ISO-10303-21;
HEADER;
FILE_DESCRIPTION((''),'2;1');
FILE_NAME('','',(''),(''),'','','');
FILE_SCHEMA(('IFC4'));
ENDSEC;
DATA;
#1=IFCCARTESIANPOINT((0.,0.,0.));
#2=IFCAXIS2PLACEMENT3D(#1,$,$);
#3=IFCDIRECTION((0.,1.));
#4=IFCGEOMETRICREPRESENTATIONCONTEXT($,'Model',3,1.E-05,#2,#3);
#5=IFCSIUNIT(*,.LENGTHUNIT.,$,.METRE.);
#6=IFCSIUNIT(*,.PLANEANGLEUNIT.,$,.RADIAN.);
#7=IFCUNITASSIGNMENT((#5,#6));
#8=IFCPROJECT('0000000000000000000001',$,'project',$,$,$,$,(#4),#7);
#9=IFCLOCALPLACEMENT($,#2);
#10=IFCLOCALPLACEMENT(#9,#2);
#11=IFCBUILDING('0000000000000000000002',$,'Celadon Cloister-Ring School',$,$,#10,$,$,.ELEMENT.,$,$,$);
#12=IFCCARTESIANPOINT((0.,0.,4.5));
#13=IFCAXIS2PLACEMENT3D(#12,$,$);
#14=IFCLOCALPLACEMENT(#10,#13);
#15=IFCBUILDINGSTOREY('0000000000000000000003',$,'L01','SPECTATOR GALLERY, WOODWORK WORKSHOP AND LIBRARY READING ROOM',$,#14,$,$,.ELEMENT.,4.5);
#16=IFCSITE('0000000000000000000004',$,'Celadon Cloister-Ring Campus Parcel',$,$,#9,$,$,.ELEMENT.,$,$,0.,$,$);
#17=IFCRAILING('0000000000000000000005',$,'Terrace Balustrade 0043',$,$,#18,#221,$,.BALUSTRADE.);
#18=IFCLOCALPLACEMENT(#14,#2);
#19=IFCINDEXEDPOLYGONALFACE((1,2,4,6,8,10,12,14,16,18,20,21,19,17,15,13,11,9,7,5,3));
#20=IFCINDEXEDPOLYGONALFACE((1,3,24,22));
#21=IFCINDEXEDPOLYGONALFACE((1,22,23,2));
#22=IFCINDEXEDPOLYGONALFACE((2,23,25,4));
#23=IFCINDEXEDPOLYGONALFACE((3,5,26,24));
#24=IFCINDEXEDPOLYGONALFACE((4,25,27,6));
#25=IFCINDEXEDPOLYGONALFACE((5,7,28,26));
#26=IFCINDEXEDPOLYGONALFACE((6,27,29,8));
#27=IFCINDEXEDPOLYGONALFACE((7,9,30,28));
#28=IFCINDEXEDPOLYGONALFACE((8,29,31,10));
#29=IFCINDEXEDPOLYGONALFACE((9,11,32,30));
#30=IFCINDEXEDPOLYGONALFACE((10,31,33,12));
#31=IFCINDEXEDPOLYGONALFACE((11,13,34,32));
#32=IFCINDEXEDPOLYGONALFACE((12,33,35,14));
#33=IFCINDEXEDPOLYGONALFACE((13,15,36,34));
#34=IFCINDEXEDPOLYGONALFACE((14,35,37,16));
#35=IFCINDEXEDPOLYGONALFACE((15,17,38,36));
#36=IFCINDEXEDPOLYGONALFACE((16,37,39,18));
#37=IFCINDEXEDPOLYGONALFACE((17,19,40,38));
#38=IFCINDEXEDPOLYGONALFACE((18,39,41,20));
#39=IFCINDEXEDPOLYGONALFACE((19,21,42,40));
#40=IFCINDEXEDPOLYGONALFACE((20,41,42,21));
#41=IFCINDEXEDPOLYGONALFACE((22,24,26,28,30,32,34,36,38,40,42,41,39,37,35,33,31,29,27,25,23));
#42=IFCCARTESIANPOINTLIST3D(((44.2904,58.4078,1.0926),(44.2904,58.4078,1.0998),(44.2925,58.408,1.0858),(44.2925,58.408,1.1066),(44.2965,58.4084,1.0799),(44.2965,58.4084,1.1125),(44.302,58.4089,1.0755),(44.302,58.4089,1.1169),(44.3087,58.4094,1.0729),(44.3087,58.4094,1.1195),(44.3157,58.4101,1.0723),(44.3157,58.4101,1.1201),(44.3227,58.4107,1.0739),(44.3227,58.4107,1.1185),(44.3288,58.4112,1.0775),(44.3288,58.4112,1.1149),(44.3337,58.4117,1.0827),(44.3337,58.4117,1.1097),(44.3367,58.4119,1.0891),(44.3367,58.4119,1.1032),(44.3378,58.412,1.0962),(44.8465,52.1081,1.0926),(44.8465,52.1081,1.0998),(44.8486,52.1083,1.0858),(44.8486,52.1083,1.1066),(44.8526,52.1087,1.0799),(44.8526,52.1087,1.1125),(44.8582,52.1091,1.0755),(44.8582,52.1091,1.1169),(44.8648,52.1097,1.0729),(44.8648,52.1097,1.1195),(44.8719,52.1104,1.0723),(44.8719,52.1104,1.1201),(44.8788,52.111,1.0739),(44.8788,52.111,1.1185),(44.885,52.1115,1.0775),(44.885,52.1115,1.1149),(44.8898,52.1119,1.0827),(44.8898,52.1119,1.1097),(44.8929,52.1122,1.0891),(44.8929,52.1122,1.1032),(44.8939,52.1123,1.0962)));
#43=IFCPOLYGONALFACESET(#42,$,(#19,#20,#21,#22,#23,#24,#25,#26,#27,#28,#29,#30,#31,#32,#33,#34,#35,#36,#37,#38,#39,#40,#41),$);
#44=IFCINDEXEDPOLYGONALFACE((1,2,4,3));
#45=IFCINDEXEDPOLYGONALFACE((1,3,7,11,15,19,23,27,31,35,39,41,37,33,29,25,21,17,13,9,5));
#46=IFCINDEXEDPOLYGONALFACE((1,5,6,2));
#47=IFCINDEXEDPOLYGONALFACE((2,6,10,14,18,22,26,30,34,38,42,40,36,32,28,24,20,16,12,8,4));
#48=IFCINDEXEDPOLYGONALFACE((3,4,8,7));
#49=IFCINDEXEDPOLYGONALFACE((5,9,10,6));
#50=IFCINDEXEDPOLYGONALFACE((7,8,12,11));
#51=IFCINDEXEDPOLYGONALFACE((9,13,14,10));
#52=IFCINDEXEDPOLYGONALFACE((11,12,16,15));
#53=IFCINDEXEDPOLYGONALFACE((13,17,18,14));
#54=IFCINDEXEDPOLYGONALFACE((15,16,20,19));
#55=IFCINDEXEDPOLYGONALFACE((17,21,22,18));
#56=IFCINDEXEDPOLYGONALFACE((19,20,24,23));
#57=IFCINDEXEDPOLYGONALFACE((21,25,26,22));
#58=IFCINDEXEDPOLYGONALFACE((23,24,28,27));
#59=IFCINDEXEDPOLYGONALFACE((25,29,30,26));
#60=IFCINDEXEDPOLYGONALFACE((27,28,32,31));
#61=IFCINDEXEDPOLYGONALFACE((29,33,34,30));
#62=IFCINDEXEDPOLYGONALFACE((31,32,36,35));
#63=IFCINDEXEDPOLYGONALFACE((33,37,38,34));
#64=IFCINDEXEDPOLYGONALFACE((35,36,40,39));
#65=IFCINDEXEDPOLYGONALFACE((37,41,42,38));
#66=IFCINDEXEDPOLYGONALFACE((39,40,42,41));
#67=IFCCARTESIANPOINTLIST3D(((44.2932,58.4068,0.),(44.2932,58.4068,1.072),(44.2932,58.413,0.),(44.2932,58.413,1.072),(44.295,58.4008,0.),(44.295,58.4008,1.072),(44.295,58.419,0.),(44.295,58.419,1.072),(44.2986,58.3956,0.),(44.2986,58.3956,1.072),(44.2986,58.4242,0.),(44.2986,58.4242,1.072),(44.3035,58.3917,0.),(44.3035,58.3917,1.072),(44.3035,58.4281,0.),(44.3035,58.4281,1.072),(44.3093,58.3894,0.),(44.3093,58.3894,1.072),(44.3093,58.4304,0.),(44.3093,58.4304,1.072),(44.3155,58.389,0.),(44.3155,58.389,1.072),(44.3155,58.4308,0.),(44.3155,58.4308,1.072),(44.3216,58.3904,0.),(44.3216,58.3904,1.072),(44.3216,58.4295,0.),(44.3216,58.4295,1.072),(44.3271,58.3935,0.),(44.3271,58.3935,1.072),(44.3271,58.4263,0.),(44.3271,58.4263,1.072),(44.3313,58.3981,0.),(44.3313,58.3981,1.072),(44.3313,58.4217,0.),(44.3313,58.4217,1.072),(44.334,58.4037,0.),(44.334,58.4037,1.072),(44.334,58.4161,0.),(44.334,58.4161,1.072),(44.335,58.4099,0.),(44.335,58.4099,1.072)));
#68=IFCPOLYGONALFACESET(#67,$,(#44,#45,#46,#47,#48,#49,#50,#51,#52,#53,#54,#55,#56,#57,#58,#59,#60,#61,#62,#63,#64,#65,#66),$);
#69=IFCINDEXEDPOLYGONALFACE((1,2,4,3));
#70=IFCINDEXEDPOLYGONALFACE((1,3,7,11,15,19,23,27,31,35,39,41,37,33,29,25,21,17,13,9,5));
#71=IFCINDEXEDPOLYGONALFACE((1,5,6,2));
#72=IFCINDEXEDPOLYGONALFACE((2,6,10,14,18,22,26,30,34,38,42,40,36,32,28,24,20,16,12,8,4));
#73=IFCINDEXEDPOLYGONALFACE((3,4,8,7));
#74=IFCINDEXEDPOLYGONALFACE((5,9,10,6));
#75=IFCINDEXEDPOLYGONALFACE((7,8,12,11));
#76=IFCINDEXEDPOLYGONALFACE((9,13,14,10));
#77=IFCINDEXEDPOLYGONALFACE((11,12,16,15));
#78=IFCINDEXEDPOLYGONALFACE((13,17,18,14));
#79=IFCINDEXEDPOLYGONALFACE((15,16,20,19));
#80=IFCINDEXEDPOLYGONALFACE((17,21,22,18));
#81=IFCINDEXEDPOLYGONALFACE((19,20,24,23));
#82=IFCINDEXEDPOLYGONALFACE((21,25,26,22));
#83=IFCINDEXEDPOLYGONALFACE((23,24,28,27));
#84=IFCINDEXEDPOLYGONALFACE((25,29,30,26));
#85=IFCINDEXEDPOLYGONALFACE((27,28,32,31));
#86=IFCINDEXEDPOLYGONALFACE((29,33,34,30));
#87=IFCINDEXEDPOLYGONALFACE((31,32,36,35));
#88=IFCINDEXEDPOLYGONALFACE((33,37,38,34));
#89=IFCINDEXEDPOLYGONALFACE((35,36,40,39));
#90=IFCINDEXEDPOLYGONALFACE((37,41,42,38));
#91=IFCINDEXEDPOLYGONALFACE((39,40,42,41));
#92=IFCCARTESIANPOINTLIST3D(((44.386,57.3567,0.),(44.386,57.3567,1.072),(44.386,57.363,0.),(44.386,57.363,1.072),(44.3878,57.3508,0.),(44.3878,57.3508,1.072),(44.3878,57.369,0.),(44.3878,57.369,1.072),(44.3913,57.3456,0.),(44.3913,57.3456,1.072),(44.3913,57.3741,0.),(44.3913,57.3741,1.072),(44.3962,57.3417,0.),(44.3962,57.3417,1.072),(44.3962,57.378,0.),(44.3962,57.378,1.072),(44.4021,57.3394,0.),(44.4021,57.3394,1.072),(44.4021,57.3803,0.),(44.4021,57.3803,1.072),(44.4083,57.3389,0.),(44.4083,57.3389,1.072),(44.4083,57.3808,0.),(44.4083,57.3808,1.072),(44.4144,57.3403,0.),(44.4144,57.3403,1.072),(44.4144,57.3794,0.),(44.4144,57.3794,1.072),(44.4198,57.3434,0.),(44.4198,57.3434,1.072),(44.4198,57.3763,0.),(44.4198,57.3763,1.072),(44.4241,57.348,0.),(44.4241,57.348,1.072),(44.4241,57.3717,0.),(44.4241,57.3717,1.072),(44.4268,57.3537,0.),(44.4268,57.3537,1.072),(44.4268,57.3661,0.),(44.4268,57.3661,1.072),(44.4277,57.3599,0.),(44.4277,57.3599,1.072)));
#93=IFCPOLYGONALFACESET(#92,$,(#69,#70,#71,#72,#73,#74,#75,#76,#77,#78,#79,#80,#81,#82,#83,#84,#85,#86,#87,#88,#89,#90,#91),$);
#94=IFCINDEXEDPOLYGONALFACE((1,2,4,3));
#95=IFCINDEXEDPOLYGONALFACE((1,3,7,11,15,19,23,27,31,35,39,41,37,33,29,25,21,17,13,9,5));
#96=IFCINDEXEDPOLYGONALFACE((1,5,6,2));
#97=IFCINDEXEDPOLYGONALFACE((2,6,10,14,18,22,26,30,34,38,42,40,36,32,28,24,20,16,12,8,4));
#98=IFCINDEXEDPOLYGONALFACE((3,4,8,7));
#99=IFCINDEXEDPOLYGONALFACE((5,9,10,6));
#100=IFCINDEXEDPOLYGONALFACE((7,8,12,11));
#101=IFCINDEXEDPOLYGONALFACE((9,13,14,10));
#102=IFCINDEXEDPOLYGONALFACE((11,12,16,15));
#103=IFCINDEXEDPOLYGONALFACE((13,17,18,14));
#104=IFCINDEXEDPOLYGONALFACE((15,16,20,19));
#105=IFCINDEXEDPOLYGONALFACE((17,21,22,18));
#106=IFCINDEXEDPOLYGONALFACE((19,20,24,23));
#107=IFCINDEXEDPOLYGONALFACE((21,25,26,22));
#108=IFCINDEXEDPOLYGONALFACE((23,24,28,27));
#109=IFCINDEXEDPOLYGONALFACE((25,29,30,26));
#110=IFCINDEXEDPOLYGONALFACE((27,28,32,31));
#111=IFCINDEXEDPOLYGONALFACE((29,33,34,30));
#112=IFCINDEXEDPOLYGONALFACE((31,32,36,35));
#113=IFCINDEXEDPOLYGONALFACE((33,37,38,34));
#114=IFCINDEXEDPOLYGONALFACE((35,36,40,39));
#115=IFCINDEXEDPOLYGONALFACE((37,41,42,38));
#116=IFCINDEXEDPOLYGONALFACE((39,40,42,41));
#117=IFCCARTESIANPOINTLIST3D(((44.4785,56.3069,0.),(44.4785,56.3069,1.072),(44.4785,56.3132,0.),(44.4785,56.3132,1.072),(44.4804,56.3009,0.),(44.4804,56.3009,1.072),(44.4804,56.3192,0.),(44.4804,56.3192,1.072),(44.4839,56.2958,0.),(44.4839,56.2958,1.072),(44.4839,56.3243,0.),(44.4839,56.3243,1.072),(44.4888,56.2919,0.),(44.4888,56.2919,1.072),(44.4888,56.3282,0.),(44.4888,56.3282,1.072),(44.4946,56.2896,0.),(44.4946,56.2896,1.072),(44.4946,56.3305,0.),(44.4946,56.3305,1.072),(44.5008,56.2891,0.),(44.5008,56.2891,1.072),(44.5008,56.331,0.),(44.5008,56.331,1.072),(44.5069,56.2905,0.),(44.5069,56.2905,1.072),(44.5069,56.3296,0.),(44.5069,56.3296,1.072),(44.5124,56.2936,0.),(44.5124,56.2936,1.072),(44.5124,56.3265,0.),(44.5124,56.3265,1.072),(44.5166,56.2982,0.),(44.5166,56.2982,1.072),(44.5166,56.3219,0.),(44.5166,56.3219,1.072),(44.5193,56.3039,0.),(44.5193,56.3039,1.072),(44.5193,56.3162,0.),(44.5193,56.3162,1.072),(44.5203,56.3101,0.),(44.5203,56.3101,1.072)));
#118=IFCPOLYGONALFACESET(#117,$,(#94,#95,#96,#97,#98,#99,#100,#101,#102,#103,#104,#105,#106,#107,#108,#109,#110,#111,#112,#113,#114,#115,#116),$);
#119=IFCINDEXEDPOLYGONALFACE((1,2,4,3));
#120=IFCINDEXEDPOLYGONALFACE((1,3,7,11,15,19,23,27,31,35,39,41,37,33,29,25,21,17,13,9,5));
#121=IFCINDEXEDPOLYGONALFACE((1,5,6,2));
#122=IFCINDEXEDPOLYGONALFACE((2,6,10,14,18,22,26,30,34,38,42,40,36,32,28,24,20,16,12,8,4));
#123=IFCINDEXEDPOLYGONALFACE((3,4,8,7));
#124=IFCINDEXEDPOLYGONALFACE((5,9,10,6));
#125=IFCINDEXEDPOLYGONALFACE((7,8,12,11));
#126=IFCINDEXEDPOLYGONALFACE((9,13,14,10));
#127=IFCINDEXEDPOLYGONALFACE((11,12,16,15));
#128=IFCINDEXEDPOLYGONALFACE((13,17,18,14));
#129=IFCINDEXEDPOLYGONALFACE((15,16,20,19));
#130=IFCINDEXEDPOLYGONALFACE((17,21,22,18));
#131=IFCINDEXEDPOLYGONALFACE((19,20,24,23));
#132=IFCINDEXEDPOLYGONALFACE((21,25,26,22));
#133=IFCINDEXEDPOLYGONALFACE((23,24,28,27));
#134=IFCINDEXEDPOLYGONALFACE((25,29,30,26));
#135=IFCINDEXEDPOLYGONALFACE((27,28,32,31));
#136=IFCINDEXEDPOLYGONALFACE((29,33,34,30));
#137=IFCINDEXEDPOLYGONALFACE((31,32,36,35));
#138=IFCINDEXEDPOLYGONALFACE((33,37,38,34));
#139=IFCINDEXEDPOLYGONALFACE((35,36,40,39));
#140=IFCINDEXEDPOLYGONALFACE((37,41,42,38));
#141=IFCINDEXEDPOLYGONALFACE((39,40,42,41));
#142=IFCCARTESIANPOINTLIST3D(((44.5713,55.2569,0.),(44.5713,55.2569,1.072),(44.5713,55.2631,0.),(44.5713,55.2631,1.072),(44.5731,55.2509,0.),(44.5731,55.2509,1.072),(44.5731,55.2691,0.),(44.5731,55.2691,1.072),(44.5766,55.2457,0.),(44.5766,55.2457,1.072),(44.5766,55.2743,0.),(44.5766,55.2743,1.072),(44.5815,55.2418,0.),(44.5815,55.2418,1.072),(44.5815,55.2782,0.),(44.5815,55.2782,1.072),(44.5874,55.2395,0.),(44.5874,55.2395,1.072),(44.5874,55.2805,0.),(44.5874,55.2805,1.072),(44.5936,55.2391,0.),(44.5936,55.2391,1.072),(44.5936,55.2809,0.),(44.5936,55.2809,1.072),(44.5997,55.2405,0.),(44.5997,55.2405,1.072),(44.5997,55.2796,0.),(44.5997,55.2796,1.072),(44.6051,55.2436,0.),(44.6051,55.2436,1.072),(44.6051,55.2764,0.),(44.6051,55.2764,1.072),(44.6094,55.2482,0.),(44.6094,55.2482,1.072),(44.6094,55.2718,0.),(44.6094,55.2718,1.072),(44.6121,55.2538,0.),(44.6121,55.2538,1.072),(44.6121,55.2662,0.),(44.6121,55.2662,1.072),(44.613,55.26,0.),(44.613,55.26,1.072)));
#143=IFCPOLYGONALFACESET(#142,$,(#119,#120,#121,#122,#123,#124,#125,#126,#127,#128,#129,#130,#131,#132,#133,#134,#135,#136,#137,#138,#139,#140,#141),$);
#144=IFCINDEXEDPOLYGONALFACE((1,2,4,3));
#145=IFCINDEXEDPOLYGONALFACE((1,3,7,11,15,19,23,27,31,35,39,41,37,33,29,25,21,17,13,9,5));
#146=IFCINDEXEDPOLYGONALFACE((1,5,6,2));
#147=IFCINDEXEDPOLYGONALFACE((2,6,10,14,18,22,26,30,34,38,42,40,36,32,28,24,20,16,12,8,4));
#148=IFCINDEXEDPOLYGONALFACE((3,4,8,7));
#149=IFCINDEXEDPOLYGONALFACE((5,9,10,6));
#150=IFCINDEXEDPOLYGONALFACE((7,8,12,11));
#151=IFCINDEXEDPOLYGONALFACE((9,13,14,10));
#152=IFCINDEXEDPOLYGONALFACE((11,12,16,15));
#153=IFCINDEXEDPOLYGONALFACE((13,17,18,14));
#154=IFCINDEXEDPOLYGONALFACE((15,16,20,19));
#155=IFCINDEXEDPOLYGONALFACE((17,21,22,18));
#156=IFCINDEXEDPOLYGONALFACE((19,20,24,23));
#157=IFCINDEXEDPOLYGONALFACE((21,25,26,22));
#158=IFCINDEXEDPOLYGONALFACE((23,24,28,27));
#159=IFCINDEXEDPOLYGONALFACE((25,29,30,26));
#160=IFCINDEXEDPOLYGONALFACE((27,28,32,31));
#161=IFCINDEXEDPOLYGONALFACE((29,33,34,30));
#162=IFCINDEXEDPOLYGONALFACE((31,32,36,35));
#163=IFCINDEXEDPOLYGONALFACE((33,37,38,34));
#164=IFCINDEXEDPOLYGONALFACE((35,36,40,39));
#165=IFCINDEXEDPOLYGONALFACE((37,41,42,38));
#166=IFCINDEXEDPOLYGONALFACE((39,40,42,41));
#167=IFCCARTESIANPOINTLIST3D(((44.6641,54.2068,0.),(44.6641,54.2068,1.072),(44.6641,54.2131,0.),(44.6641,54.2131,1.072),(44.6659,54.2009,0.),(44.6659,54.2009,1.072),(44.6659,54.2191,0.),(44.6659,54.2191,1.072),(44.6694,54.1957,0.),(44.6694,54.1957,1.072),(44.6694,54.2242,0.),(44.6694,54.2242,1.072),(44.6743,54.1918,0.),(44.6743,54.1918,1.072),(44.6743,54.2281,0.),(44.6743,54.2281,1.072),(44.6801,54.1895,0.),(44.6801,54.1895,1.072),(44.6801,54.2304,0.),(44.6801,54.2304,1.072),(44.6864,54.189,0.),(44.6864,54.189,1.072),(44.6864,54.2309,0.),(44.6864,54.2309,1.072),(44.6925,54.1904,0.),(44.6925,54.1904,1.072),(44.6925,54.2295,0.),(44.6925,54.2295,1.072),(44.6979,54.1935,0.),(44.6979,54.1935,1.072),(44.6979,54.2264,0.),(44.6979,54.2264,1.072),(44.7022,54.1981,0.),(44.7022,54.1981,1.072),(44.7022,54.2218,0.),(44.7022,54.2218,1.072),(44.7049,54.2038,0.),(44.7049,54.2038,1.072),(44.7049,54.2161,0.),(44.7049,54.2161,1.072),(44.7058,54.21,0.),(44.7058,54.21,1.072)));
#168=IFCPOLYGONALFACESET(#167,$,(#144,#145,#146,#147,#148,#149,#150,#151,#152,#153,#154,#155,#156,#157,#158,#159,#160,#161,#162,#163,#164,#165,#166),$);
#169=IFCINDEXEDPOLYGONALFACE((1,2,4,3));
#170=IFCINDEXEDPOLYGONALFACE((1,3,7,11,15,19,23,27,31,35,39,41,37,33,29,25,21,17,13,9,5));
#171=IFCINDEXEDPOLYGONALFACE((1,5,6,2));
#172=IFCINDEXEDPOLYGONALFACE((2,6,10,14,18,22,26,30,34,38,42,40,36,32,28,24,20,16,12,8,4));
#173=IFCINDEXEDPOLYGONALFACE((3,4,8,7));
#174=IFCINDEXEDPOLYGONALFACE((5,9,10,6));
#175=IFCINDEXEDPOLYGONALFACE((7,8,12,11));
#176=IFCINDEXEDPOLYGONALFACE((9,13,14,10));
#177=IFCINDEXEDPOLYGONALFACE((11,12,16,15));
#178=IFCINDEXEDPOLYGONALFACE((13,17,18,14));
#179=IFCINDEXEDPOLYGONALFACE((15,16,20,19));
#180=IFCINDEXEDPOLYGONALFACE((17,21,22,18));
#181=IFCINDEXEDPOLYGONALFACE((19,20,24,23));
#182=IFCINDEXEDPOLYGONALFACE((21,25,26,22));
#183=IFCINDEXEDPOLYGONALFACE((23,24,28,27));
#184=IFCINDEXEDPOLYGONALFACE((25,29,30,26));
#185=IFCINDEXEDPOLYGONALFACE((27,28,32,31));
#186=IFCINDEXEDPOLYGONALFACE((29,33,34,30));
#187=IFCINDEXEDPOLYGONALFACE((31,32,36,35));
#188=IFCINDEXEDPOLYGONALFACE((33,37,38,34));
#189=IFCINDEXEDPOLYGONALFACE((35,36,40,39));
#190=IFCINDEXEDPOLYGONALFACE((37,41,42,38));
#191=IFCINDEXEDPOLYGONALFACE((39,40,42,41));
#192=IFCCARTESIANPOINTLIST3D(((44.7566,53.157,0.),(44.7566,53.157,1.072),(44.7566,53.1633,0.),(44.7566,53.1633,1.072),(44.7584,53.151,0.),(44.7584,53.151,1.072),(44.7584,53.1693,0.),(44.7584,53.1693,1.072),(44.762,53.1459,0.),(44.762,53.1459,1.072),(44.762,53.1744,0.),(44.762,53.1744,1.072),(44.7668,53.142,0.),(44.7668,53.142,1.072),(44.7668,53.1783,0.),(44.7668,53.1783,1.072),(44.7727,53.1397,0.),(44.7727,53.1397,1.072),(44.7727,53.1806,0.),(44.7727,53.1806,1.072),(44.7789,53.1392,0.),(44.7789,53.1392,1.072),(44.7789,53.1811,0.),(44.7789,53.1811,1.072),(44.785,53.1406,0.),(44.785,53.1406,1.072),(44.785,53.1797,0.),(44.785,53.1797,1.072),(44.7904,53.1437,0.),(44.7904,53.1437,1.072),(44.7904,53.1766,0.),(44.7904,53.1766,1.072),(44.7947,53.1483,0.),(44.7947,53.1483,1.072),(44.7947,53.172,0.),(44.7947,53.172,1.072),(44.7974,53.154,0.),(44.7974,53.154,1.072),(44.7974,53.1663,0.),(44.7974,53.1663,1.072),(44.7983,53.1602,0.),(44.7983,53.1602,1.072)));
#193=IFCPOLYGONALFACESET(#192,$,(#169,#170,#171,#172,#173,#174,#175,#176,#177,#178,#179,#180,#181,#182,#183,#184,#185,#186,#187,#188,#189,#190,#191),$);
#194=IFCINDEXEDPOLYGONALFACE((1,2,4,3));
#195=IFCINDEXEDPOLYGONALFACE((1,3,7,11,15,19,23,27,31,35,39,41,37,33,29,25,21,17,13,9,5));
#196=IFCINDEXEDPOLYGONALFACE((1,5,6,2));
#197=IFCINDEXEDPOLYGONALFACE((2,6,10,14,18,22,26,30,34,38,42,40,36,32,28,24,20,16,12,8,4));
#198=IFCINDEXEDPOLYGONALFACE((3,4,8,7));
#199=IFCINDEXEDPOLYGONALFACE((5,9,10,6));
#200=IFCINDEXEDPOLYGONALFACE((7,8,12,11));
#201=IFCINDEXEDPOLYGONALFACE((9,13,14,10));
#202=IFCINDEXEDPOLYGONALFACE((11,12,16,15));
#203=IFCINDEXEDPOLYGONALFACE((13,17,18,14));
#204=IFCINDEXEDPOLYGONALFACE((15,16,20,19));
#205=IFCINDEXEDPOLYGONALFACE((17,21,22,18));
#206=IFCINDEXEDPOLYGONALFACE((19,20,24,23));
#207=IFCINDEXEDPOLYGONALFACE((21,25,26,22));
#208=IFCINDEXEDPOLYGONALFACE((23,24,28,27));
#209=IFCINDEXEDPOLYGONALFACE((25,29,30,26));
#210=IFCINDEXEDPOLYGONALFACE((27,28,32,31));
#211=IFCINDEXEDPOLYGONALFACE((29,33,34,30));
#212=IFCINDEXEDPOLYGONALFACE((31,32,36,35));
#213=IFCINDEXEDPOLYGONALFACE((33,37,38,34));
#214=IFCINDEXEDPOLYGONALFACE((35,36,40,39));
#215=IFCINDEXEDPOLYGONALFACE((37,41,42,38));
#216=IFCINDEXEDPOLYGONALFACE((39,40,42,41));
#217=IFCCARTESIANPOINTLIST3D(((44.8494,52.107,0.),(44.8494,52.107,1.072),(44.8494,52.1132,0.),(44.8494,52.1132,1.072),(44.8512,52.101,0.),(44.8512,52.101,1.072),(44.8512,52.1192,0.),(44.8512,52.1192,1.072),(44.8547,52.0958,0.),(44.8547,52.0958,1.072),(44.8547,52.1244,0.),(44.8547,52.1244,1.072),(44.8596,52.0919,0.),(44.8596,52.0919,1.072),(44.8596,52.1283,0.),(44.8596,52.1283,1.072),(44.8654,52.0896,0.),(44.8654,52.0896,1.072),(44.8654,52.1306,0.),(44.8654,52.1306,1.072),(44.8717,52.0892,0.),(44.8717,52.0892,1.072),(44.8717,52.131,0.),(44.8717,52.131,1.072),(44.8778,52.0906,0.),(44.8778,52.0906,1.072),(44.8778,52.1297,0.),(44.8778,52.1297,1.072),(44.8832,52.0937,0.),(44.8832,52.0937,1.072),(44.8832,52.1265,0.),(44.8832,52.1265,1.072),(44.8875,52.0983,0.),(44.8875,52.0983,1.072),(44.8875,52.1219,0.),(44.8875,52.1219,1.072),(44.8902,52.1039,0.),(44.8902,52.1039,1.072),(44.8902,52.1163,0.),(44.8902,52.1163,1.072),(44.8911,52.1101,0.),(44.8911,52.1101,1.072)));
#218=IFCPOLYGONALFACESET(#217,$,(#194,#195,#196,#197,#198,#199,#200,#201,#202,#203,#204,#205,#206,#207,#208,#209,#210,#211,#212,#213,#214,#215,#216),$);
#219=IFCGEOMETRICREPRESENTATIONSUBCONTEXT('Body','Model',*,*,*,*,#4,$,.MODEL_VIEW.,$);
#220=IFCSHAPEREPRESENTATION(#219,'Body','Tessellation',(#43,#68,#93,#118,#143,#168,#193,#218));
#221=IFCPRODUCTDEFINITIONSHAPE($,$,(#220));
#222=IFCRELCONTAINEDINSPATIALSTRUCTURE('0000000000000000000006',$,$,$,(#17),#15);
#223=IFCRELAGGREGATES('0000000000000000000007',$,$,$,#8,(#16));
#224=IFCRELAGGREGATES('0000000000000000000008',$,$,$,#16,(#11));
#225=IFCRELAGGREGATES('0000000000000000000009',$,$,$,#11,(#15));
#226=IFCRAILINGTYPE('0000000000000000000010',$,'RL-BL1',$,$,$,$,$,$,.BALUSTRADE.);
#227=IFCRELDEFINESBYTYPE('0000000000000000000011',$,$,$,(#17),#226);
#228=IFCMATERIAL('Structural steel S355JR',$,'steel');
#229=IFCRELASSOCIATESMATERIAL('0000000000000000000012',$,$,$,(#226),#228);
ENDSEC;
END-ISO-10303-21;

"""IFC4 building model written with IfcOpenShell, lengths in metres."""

from ifc_helpers import new_model, si_unit, direction, frame, origin, origin_2d, place, context, subcontext, project, spatial, circle, extrude, material, type_object, element, save


model = new_model("IFC4")

# Units and contexts
model_context = context("Model", 3, precision=1e-05, world=origin(), true_north=direction((0.0, 1.0)))
body_context = subcontext(model_context, "Body", "Model", "MODEL_VIEW")
ifc_project = project(units=[si_unit("LENGTHUNIT", "METRE"), si_unit("PLANEANGLEUNIT", "RADIAN")], contexts=[model_context])

# Site, building, storey
site_placement = place(None, origin())
site = spatial("IfcSite", under=ifc_project, at=site_placement, Name="Celadon Cloister-Ring Campus Parcel", CompositionType="ELEMENT", RefElevation=0.0)
building_placement = place(site_placement, origin())
building = spatial("IfcBuilding", under=site, at=building_placement, Name="Celadon Cloister-Ring School", CompositionType="ELEMENT")
storey_placement = place(building_placement, frame((0.0, 0.0, 4.5)))
storey = spatial("IfcBuildingStorey", under=building, at=storey_placement, Name="L01", Description="SPECTATOR GALLERY, WOODWORK WORKSHOP AND LIBRARY READING ROOM", CompositionType="ELEMENT", Elevation=4.5)

# Railing
ifc_material_1 = material(Name="Structural steel S355JR", Category="steel")
railing_type = type_object("IfcRailingType", Name="RL-BL1", PredefinedType="BALUSTRADE", material=ifc_material_1)
railing_1_placement = place(storey_placement, frame((44.314, 58.4099, 0.0)))
element("IfcRailing", 1, at=railing_1_placement, inside=storey, type_object=railing_type, Name="Terrace Balustrade 0043", PredefinedType="BALUSTRADE", context=body_context, shape_type="SweptSolid", body=[
    extrude(circle(Radius=0.0239, at=origin_2d()), frame((0.0, 0.0, 1.0962), z_axis=(0.087939, -0.996126, 0.0), x_axis=(0.996126, 0.087939, 0.0)), (0.0, 0.0, 1.0), 6.3242),
    extrude(circle(Radius=0.021, at=origin_2d()), origin(), (0.0, 0.0, 1.0), 1.072),
    extrude(circle(Radius=0.021, at=origin_2d()), frame((0.0928, -1.05, 0.0)), (0.0, 0.0, 1.0), 1.072),
    extrude(circle(Radius=0.021, at=origin_2d()), frame((0.1853, -2.0999, 0.0)), (0.0, 0.0, 1.0), 1.072),
    extrude(circle(Radius=0.021, at=origin_2d()), frame((0.2781, -3.1499, 0.0)), (0.0, 0.0, 1.0), 1.072),
    extrude(circle(Radius=0.021, at=origin_2d()), frame((0.3708, -4.2, 0.0)), (0.0, 0.0, 1.0), 1.072),
    extrude(circle(Radius=0.021, at=origin_2d()), frame((0.4634, -5.2498, 0.0)), (0.0, 0.0, 1.0), 1.072),
    extrude(circle(Radius=0.021, at=origin_2d()), frame((0.5562, -6.2998, 0.0)), (0.0, 0.0, 1.0), 1.072),
])

save(model, "model.ifc")
